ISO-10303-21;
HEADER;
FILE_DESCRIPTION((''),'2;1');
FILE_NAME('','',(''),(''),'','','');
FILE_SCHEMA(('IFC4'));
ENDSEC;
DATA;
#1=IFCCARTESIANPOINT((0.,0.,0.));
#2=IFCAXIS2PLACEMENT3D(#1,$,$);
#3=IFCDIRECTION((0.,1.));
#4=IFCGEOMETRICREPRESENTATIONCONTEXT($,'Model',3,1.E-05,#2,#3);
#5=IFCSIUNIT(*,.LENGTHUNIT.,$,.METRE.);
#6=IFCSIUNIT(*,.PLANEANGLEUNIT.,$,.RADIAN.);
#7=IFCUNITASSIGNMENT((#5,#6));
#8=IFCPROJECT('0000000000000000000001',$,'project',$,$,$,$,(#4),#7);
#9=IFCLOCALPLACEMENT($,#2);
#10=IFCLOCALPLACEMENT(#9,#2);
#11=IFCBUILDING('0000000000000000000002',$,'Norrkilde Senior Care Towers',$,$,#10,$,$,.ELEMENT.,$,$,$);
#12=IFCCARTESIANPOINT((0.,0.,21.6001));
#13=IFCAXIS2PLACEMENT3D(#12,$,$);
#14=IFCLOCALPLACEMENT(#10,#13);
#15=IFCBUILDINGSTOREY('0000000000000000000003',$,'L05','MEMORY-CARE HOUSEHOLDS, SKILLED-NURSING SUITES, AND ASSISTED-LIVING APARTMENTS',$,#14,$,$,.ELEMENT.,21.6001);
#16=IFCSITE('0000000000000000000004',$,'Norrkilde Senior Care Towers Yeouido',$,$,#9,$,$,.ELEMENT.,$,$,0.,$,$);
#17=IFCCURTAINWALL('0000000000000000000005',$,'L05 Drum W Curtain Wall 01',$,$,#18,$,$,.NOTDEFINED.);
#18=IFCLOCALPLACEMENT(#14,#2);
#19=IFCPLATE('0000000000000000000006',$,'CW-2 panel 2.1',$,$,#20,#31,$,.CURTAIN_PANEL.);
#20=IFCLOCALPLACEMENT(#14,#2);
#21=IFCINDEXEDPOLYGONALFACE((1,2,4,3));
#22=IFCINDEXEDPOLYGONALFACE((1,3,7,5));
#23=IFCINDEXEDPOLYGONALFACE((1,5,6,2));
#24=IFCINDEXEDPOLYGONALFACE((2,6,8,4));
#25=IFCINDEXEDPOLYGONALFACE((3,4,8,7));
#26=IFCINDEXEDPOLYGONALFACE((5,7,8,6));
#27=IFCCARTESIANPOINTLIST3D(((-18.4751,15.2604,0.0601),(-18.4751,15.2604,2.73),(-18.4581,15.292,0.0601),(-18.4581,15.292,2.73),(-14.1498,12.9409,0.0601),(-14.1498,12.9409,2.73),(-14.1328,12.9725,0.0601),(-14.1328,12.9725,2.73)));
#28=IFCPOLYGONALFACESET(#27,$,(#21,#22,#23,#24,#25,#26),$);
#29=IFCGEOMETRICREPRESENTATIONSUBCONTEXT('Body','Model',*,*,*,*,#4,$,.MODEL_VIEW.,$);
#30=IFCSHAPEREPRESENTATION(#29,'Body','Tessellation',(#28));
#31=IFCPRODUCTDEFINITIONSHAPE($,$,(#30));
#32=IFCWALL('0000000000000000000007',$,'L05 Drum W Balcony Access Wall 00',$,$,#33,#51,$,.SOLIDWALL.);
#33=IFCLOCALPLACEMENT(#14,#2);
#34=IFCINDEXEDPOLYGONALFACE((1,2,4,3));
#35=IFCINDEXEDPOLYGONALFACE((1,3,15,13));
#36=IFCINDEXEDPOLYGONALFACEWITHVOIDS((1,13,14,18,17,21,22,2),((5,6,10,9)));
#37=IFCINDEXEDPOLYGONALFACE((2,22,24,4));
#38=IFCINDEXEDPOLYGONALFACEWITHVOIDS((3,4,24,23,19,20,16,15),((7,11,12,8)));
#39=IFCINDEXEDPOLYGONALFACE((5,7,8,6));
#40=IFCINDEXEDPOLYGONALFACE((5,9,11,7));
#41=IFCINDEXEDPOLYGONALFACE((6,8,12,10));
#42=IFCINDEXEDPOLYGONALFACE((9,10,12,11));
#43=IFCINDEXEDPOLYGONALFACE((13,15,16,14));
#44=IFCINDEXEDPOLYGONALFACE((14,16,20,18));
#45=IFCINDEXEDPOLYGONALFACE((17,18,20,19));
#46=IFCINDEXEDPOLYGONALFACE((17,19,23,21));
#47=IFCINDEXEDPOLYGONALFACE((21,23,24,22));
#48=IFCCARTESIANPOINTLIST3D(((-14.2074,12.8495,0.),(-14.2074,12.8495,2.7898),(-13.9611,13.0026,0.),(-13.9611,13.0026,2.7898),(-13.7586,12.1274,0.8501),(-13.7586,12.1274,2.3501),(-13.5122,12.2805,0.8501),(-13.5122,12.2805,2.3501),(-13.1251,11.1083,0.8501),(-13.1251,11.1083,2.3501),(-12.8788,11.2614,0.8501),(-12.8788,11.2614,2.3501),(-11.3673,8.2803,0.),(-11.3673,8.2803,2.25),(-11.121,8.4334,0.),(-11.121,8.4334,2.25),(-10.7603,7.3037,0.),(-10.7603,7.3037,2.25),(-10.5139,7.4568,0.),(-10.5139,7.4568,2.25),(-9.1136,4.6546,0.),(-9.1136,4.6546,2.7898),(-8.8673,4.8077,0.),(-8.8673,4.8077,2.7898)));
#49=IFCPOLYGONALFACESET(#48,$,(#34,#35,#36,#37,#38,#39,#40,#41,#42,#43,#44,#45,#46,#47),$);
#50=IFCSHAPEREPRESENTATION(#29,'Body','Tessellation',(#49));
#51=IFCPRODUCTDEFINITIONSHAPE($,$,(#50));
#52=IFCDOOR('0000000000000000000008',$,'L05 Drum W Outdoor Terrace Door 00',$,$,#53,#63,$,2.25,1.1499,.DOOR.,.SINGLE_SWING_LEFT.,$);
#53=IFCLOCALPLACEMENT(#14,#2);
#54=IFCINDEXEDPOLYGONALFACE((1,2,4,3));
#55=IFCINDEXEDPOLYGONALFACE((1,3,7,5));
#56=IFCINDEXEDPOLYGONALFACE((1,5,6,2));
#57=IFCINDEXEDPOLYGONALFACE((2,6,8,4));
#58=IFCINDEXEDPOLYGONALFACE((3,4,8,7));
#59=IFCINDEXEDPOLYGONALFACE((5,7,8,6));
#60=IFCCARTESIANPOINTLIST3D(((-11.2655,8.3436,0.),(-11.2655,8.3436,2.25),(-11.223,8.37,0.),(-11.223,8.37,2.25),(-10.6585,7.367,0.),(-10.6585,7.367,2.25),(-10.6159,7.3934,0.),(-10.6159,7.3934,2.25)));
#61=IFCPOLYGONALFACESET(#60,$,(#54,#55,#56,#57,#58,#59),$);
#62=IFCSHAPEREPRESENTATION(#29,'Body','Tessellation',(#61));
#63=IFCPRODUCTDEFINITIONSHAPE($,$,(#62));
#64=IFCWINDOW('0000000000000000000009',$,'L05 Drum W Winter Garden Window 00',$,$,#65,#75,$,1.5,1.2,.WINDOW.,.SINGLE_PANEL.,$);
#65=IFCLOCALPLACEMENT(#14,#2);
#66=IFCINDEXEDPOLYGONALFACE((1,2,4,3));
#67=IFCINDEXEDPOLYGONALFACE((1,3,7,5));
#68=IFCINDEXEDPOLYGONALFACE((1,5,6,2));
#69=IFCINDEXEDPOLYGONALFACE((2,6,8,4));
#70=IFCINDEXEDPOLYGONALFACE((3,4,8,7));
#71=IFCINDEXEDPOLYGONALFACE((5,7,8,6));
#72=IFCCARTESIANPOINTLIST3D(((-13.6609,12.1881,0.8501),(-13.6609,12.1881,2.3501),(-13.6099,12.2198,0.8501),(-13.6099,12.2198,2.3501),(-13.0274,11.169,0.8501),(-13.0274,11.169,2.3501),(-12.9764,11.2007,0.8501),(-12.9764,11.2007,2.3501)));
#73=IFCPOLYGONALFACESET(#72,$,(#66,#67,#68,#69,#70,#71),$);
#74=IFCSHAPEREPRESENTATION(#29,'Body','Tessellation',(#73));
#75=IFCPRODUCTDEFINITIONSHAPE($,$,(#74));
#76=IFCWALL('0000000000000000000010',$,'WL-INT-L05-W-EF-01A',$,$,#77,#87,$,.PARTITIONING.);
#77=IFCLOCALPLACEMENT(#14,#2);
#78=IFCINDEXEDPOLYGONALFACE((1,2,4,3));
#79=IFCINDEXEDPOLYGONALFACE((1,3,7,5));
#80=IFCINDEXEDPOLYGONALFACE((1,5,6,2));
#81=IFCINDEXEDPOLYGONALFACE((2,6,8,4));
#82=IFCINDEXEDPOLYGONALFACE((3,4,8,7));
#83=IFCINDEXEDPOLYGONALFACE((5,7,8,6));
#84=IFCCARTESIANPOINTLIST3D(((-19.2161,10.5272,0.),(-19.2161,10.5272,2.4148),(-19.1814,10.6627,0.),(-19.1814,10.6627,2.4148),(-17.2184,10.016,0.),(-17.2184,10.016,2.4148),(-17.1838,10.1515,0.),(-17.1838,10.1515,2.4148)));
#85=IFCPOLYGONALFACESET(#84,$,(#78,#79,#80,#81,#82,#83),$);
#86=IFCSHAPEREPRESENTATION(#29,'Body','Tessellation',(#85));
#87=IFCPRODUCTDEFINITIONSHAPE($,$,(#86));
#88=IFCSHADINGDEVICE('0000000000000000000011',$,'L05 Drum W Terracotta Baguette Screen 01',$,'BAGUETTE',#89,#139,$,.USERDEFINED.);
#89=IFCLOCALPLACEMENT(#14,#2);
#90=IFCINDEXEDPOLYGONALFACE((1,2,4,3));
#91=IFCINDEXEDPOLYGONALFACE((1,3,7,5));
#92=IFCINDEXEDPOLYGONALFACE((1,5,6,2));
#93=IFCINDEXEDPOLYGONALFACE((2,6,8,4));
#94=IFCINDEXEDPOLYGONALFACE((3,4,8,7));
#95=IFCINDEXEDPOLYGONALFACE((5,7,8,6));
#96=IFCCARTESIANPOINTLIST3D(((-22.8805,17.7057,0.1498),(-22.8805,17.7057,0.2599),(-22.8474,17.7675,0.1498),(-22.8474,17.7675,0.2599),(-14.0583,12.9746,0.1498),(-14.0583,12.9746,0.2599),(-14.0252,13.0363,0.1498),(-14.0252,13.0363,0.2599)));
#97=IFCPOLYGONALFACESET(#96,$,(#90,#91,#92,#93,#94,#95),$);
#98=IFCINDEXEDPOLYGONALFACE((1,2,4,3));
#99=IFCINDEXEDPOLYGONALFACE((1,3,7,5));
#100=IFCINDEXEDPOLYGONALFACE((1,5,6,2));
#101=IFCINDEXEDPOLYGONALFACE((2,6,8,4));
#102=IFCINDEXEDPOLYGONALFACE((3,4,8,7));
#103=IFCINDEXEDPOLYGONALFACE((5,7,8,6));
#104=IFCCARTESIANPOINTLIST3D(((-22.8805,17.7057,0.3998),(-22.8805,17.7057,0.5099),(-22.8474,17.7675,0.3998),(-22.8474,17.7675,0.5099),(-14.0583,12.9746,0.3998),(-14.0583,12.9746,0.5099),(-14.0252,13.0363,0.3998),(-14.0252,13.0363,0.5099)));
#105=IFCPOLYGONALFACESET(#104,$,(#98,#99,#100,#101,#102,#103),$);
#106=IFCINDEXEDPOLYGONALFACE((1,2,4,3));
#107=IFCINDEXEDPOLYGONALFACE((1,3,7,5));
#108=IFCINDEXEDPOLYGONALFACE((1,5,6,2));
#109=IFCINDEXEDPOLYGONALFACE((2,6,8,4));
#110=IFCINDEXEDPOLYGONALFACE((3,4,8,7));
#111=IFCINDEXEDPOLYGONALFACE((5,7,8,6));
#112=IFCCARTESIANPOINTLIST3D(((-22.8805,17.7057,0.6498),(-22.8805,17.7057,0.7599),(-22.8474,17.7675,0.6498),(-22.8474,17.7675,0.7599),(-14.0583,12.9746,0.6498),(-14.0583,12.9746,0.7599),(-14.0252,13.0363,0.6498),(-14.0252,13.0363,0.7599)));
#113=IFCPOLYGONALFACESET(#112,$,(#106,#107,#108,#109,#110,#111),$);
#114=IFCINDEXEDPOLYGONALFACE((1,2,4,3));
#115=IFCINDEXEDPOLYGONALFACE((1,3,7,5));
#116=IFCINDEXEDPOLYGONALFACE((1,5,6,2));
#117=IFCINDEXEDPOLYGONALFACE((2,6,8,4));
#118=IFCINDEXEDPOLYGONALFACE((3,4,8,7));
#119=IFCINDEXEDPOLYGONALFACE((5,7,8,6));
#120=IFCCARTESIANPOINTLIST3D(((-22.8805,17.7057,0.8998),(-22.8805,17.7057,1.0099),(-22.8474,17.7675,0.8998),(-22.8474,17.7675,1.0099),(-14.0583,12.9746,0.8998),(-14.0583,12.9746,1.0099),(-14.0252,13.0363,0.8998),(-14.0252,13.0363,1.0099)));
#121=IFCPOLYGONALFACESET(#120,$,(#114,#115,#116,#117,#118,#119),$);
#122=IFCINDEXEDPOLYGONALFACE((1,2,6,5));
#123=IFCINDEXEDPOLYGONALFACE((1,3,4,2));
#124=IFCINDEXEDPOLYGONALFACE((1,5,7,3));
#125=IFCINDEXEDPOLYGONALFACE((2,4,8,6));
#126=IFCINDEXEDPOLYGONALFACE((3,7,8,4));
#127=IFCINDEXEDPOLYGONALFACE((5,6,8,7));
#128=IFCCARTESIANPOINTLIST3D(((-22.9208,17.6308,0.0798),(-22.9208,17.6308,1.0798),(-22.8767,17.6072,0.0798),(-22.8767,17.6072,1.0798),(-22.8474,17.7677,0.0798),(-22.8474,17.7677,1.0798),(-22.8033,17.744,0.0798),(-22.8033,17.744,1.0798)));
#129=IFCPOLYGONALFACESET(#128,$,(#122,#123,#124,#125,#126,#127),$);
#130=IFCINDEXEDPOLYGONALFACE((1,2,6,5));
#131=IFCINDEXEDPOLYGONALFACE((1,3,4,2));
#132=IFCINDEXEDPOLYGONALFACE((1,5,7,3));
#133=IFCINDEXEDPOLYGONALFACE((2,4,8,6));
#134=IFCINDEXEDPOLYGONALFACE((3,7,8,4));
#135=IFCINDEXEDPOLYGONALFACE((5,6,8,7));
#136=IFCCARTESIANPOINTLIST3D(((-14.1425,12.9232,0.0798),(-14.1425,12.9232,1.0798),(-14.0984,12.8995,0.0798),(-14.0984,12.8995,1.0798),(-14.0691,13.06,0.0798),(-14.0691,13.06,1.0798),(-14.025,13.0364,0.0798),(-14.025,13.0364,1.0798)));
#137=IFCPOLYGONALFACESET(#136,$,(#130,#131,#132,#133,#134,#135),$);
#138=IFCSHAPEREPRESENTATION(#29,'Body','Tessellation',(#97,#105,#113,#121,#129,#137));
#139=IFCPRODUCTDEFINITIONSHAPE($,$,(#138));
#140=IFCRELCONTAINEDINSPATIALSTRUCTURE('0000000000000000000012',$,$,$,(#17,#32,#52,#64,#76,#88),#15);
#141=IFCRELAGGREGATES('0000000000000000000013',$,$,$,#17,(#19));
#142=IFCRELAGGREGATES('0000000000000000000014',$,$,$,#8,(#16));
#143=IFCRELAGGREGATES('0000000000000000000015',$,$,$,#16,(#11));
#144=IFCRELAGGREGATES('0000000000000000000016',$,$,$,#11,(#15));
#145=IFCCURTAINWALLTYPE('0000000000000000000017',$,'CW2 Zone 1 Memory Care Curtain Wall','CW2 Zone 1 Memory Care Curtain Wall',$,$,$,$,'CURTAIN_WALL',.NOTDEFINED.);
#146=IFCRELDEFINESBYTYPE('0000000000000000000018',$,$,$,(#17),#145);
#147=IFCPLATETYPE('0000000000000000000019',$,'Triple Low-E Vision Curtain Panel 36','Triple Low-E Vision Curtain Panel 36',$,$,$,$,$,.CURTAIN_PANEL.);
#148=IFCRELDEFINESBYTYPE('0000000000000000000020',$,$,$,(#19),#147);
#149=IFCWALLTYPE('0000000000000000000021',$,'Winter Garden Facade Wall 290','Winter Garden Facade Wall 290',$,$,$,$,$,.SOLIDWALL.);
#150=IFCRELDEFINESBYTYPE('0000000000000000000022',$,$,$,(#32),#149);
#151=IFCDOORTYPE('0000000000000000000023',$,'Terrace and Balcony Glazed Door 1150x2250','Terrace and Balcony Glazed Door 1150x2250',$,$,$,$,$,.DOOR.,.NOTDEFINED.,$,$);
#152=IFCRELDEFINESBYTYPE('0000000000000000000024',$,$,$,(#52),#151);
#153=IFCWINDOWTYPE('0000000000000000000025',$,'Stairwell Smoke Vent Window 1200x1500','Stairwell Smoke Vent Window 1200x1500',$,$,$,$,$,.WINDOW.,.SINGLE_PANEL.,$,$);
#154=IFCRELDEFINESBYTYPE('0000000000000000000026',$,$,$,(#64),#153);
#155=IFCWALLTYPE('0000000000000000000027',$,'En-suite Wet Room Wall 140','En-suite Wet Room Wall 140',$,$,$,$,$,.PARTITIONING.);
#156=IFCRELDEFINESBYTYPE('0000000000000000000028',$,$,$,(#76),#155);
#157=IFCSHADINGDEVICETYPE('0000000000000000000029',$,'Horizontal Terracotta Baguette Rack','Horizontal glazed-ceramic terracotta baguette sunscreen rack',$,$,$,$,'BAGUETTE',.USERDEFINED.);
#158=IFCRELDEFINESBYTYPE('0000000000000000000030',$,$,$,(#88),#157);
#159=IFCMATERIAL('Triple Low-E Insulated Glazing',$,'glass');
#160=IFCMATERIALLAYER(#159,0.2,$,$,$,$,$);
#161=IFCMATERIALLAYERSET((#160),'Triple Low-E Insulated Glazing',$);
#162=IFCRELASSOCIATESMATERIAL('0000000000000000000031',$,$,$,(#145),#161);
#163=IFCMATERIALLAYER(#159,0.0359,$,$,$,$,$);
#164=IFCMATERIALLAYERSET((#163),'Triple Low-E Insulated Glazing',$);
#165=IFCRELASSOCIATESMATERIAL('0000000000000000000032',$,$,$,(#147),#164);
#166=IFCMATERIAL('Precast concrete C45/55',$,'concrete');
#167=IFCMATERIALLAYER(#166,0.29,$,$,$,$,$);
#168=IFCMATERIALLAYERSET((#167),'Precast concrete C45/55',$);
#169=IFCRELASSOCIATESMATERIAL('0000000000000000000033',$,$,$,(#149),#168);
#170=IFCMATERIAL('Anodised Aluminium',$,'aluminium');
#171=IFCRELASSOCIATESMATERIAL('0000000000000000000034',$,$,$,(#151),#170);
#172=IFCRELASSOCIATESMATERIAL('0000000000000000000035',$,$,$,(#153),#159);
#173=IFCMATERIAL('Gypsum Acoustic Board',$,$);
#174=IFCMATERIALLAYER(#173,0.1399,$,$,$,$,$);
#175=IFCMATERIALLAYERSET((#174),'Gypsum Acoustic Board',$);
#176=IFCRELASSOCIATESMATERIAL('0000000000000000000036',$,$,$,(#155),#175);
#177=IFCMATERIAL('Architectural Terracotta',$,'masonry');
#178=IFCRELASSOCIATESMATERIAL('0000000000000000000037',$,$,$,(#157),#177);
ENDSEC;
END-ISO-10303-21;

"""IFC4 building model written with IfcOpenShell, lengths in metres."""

from ifc_helpers import new_model, si_unit, direction, frame, frame_2d, origin, origin_2d, place, context, subcontext, project, spatial, rectangle, extrude, source, transform, mapped, material, layer, layer_set, type_object, type_shapes, element, fill, aggregate, save


model = new_model("IFC4")

# Units and contexts
model_context = context("Model", 3, precision=1e-05, world=origin(), true_north=direction((0.0, 1.0)))
body_context = subcontext(model_context, "Body", "Model", "MODEL_VIEW")
ifc_project = project(units=[si_unit("LENGTHUNIT", "METRE"), si_unit("PLANEANGLEUNIT", "RADIAN")], contexts=[model_context])

# Site, building, storey
site_placement = place(None, origin())
site = spatial("IfcSite", under=ifc_project, at=site_placement, Name="Norrkilde Senior Care Towers Yeouido", CompositionType="ELEMENT", RefElevation=0.0)
building_placement = place(site_placement, origin())
building = spatial("IfcBuilding", under=site, at=building_placement, Name="Norrkilde Senior Care Towers", CompositionType="ELEMENT")
storey_placement = place(building_placement, frame((0.0, 0.0, 21.6001)))
storey = spatial("IfcBuildingStorey", under=building, at=storey_placement, Name="L05", Description="MEMORY-CARE HOUSEHOLDS, SKILLED-NURSING SUITES, AND ASSISTED-LIVING APARTMENTS", CompositionType="ELEMENT", Elevation=21.6001)

# Curtain wall
ifc_material_1 = material(Name="Triple Low-E Insulated Glazing", Category="glass")
ifc_layer_1 = layer(ifc_material_1, 0.2)
ifc_layer_set_1 = layer_set([ifc_layer_1], Name="Triple Low-E Insulated Glazing")
curtain_wall_type = type_object("IfcCurtainWallType", Name="CW2 Zone 1 Memory Care Curtain Wall", Description="CW2 Zone 1 Memory Care Curtain Wall", ElementType="CURTAIN_WALL", PredefinedType="NOTDEFINED", material=ifc_layer_set_1)
curtain_wall_1_placement = place(storey_placement, origin())
curtain_wall_1 = element("IfcCurtainWall", 1, at=curtain_wall_1_placement, inside=storey, type_object=curtain_wall_type, Name="L05 Drum W Curtain Wall 01", PredefinedType="NOTDEFINED")
ifc_material_2 = material(Name="Anodised Aluminium", Category="aluminium")

# Plate
ifc_layer_2 = layer(ifc_material_1, 0.0359)
ifc_layer_set_2 = layer_set([ifc_layer_2], Name="Triple Low-E Insulated Glazing")
plate_type = type_object("IfcPlateType", Name="Triple Low-E Vision Curtain Panel 36", Description="Triple Low-E Vision Curtain Panel 36", PredefinedType="CURTAIN_PANEL", material=ifc_layer_set_2)
shared_shape_1 = source(origin(), body_context, "Body", "SweptSolid", [
    extrude(rectangle(XDim=4.908, YDim=0.0359, at=origin_2d()), origin(), (0.0, 0.0, 1.0), 2.6699),
])
type_shapes(plate_type, [shared_shape_1])
plate_1_placement = place(storey_placement, frame((-16.304, 14.1165, 0.0601), z_axis=(0.0, 0.0, 1.0), x_axis=(0.881273, -0.472608, 0.0)))
plate_1 = element("IfcPlate", 2, at=plate_1_placement, type_object=plate_type, Name="CW-2 panel 2.1", PredefinedType="CURTAIN_PANEL", context=body_context, shape_type="MappedRepresentation", body=[
    mapped(shared_shape_1, transform((0.0, 0.0, 0.0), x_axis=(1.0, 0.0, 0.0), y_axis=(0.0, 1.0, 0.0), z_axis=(0.0, 0.0, 1.0), scale=1.0)),
])
aggregate(curtain_wall_1, [plate_1])

# Wall, openings, door, window
ifc_material_3 = material(Name="Precast concrete C45/55", Category="concrete")
ifc_layer_3 = layer(ifc_material_3, 0.29)
ifc_layer_set_3 = layer_set([ifc_layer_3], Name="Precast concrete C45/55")
wall_type_1 = type_object("IfcWallType", Name="Winter Garden Facade Wall 290", Description="Winter Garden Facade Wall 290", PredefinedType="SOLIDWALL", material=ifc_layer_set_3)
shared_shape_2 = source(origin(), body_context, "Body", "SweptSolid", [
    extrude(rectangle(XDim=9.6489, YDim=0.29, at=frame_2d((4.8245, 0.0))), origin(), (0.0, 0.0, 1.0), 2.7898),
])
type_shapes(wall_type_1, [shared_shape_2])
wall_1_placement = place(storey_placement, frame((-14.0842, 12.926, 0.0), z_axis=(0.0, 0.0, 1.0), x_axis=(0.527909, -0.849301, 0.0)))
wall_1 = element("IfcWall", 3, at=wall_1_placement, inside=storey, type_object=wall_type_1, Name="L05 Drum W Balcony Access Wall 00", PredefinedType="SOLIDWALL", context=body_context, shape_type="MappedRepresentation", body=[
    mapped(shared_shape_2, transform((0.0, 0.0, 0.0), x_axis=(1.0, 0.0, 0.0), y_axis=(0.0, 1.0, 0.0), z_axis=(0.0, 0.0, 1.0), scale=1.0)),
])
opening_1_placement = place(wall_1_placement, frame((5.3799, 0.0, 0.0)))
opening_1 = element("IfcOpeningElement", 4, at=opening_1_placement, cuts=wall_1, PredefinedType="OPENING", context=body_context, shape_type="SweptSolid", body=[
    extrude(rectangle(XDim=1.1499, YDim=2.25, at=frame_2d((0.575, 1.125))), frame((0.0, 0.155, 0.0), z_axis=(0.0, -1.0, 0.0), x_axis=(1.0, 0.0, 0.0)), (0.0, 0.0, 1.0), 0.3101),
])
opening_2_placement = place(wall_1_placement, frame((0.8501, 0.0, 0.8501)))
opening_2 = element("IfcOpeningElement", 5, at=opening_2_placement, cuts=wall_1, PredefinedType="OPENING", context=body_context, shape_type="SweptSolid", body=[
    extrude(rectangle(XDim=1.2, YDim=1.5, at=frame_2d((0.6001, 0.75))), frame((0.0, 0.155, 0.0), z_axis=(0.0, -1.0, 0.0), x_axis=(1.0, 0.0, 0.0)), (0.0, 0.0, 1.0), 0.3101),
])
door_type = type_object("IfcDoorType", Name="Terrace and Balcony Glazed Door 1150x2250", Description="Terrace and Balcony Glazed Door 1150x2250", OperationType="NOTDEFINED", PredefinedType="DOOR", material=ifc_material_2)
shared_shape_3 = source(origin(), body_context, "Body", "SweptSolid", [
    extrude(rectangle(XDim=1.1499, YDim=2.25, at=frame_2d((0.575, 1.125))), frame((0.0, 0.0249, 0.0), z_axis=(0.0, -1.0, 0.0), x_axis=(1.0, 0.0, 0.0)), (0.0, 0.0, 1.0), 0.05),
])
type_shapes(door_type, [shared_shape_3])
door_placement = place(opening_1_placement, origin())
door = element("IfcDoor", 6, at=door_placement, inside=storey, type_object=door_type, Name="L05 Drum W Outdoor Terrace Door 00", OperationType="SINGLE_SWING_LEFT", OverallHeight=2.25, OverallWidth=1.1499, PredefinedType="DOOR", context=body_context, shape_type="MappedRepresentation", body=[
    mapped(shared_shape_3, transform((0.0, 0.0, 0.0), x_axis=(1.0, 0.0, 0.0), y_axis=(0.0, 1.0, 0.0), z_axis=(0.0, 0.0, 1.0), scale=1.0)),
])
fill(opening_1, door)
window_type = type_object("IfcWindowType", Name="Stairwell Smoke Vent Window 1200x1500", Description="Stairwell Smoke Vent Window 1200x1500", PartitioningType="SINGLE_PANEL", PredefinedType="WINDOW", material=ifc_material_1)
shared_shape_4 = source(origin(), body_context, "Body", "SweptSolid", [
    extrude(rectangle(XDim=1.2, YDim=1.5, at=frame_2d((0.6001, 0.75))), frame((0.0, 0.03, 0.0), z_axis=(0.0, -1.0, 0.0), x_axis=(1.0, 0.0, 0.0)), (0.0, 0.0, 1.0), 0.0601),
])
type_shapes(window_type, [shared_shape_4])
window_placement = place(opening_2_placement, origin())
window = element("IfcWindow", 7, at=window_placement, inside=storey, type_object=window_type, Name="L05 Drum W Winter Garden Window 00", OverallHeight=1.5, OverallWidth=1.2, PartitioningType="SINGLE_PANEL", PredefinedType="WINDOW", context=body_context, shape_type="MappedRepresentation", body=[
    mapped(shared_shape_4, transform((0.0, 0.0, 0.0), x_axis=(1.0, 0.0, 0.0), y_axis=(0.0, 1.0, 0.0), z_axis=(0.0, 0.0, 1.0), scale=1.0)),
])
fill(opening_2, window)

# Wall
ifc_material_4 = material(Name="Gypsum Acoustic Board")
ifc_layer_4 = layer(ifc_material_4, 0.1399)
ifc_layer_set_4 = layer_set([ifc_layer_4], Name="Gypsum Acoustic Board")
wall_type_2 = type_object("IfcWallType", Name="En-suite Wet Room Wall 140", Description="En-suite Wet Room Wall 140", PredefinedType="PARTITIONING", material=ifc_layer_set_4)
shared_shape_5 = source(origin(), body_context, "Body", "SweptSolid", [
    extrude(rectangle(XDim=2.062, YDim=0.1399, at=frame_2d((1.031, 0.0))), origin(), (0.0, 0.0, 1.0), 2.4148),
])
type_shapes(wall_type_2, [shared_shape_5])
wall_2_placement = place(storey_placement, frame((-19.1987, 10.595, 0.0), z_axis=(0.0, 0.0, 1.0), x_axis=(0.968776, -0.247937, 0.0)))
element("IfcWall", 8, at=wall_2_placement, inside=storey, type_object=wall_type_2, Name="WL-INT-L05-W-EF-01A", PredefinedType="PARTITIONING", context=body_context, shape_type="MappedRepresentation", body=[
    mapped(shared_shape_5, transform((0.0, 0.0, 0.0), x_axis=(1.0, 0.0, 0.0), y_axis=(0.0, 1.0, 0.0), z_axis=(0.0, 0.0, 1.0), scale=1.0)),
])

# Shading device
ifc_material_5 = material(Name="Architectural Terracotta", Category="masonry")
shading_device_type = type_object("IfcShadingDeviceType", Name="Horizontal Terracotta Baguette Rack", Description="Horizontal glazed-ceramic terracotta baguette sunscreen rack", ElementType="BAGUETTE", PredefinedType="USERDEFINED", material=ifc_material_5)
shared_shape_6 = source(origin(), body_context, "Body", "SweptSolid", [
    extrude(rectangle(XDim=0.0701, YDim=0.1101, at=origin_2d()), frame((0.0, 0.0901, 0.125), z_axis=(1.0, 0.0, 0.0), x_axis=(0.0, 1.0, 0.0)), (0.0, 0.0, 1.0), 10.0107),
    extrude(rectangle(XDim=0.0701, YDim=0.1101, at=origin_2d()), frame((0.0, 0.0901, 0.375), z_axis=(1.0, 0.0, 0.0), x_axis=(0.0, 1.0, 0.0)), (0.0, 0.0, 1.0), 10.0107),
    extrude(rectangle(XDim=0.0701, YDim=0.1101, at=origin_2d()), frame((0.0, 0.0901, 0.625), z_axis=(1.0, 0.0, 0.0), x_axis=(0.0, 1.0, 0.0)), (0.0, 0.0, 1.0), 10.0107),
    extrude(rectangle(XDim=0.0701, YDim=0.1101, at=origin_2d()), frame((0.0, 0.0901, 0.875), z_axis=(1.0, 0.0, 0.0), x_axis=(0.0, 1.0, 0.0)), (0.0, 0.0, 1.0), 10.0107),
    extrude(rectangle(XDim=0.05, YDim=0.1553, at=origin_2d()), frame((0.0249, 0.0476, 0.0)), (0.0, 0.0, 1.0), 1.0),
    extrude(rectangle(XDim=0.05, YDim=0.1553, at=origin_2d()), frame((9.9858, 0.0476, 0.0)), (0.0, 0.0, 1.0), 1.0),
])
type_shapes(shading_device_type, [shared_shape_6])
shading_device_placement = place(storey_placement, frame((-22.9065, 17.6572, 0.0798), z_axis=(0.0, 0.0, 1.0), x_axis=(0.88128, -0.472612, 0.0)))
element("IfcShadingDevice", 9, at=shading_device_placement, inside=storey, type_object=shading_device_type, Name="L05 Drum W Terracotta Baguette Screen 01", ObjectType="BAGUETTE", PredefinedType="USERDEFINED", context=body_context, shape_type="MappedRepresentation", body=[
    mapped(shared_shape_6, transform((0.0, 0.0, 0.0), x_axis=(1.0, 0.0, 0.0), y_axis=(0.0, 1.0, 0.0), z_axis=(0.0, 0.0, 1.0), scale=1.0)),
])

save(model, "model.ifc")
